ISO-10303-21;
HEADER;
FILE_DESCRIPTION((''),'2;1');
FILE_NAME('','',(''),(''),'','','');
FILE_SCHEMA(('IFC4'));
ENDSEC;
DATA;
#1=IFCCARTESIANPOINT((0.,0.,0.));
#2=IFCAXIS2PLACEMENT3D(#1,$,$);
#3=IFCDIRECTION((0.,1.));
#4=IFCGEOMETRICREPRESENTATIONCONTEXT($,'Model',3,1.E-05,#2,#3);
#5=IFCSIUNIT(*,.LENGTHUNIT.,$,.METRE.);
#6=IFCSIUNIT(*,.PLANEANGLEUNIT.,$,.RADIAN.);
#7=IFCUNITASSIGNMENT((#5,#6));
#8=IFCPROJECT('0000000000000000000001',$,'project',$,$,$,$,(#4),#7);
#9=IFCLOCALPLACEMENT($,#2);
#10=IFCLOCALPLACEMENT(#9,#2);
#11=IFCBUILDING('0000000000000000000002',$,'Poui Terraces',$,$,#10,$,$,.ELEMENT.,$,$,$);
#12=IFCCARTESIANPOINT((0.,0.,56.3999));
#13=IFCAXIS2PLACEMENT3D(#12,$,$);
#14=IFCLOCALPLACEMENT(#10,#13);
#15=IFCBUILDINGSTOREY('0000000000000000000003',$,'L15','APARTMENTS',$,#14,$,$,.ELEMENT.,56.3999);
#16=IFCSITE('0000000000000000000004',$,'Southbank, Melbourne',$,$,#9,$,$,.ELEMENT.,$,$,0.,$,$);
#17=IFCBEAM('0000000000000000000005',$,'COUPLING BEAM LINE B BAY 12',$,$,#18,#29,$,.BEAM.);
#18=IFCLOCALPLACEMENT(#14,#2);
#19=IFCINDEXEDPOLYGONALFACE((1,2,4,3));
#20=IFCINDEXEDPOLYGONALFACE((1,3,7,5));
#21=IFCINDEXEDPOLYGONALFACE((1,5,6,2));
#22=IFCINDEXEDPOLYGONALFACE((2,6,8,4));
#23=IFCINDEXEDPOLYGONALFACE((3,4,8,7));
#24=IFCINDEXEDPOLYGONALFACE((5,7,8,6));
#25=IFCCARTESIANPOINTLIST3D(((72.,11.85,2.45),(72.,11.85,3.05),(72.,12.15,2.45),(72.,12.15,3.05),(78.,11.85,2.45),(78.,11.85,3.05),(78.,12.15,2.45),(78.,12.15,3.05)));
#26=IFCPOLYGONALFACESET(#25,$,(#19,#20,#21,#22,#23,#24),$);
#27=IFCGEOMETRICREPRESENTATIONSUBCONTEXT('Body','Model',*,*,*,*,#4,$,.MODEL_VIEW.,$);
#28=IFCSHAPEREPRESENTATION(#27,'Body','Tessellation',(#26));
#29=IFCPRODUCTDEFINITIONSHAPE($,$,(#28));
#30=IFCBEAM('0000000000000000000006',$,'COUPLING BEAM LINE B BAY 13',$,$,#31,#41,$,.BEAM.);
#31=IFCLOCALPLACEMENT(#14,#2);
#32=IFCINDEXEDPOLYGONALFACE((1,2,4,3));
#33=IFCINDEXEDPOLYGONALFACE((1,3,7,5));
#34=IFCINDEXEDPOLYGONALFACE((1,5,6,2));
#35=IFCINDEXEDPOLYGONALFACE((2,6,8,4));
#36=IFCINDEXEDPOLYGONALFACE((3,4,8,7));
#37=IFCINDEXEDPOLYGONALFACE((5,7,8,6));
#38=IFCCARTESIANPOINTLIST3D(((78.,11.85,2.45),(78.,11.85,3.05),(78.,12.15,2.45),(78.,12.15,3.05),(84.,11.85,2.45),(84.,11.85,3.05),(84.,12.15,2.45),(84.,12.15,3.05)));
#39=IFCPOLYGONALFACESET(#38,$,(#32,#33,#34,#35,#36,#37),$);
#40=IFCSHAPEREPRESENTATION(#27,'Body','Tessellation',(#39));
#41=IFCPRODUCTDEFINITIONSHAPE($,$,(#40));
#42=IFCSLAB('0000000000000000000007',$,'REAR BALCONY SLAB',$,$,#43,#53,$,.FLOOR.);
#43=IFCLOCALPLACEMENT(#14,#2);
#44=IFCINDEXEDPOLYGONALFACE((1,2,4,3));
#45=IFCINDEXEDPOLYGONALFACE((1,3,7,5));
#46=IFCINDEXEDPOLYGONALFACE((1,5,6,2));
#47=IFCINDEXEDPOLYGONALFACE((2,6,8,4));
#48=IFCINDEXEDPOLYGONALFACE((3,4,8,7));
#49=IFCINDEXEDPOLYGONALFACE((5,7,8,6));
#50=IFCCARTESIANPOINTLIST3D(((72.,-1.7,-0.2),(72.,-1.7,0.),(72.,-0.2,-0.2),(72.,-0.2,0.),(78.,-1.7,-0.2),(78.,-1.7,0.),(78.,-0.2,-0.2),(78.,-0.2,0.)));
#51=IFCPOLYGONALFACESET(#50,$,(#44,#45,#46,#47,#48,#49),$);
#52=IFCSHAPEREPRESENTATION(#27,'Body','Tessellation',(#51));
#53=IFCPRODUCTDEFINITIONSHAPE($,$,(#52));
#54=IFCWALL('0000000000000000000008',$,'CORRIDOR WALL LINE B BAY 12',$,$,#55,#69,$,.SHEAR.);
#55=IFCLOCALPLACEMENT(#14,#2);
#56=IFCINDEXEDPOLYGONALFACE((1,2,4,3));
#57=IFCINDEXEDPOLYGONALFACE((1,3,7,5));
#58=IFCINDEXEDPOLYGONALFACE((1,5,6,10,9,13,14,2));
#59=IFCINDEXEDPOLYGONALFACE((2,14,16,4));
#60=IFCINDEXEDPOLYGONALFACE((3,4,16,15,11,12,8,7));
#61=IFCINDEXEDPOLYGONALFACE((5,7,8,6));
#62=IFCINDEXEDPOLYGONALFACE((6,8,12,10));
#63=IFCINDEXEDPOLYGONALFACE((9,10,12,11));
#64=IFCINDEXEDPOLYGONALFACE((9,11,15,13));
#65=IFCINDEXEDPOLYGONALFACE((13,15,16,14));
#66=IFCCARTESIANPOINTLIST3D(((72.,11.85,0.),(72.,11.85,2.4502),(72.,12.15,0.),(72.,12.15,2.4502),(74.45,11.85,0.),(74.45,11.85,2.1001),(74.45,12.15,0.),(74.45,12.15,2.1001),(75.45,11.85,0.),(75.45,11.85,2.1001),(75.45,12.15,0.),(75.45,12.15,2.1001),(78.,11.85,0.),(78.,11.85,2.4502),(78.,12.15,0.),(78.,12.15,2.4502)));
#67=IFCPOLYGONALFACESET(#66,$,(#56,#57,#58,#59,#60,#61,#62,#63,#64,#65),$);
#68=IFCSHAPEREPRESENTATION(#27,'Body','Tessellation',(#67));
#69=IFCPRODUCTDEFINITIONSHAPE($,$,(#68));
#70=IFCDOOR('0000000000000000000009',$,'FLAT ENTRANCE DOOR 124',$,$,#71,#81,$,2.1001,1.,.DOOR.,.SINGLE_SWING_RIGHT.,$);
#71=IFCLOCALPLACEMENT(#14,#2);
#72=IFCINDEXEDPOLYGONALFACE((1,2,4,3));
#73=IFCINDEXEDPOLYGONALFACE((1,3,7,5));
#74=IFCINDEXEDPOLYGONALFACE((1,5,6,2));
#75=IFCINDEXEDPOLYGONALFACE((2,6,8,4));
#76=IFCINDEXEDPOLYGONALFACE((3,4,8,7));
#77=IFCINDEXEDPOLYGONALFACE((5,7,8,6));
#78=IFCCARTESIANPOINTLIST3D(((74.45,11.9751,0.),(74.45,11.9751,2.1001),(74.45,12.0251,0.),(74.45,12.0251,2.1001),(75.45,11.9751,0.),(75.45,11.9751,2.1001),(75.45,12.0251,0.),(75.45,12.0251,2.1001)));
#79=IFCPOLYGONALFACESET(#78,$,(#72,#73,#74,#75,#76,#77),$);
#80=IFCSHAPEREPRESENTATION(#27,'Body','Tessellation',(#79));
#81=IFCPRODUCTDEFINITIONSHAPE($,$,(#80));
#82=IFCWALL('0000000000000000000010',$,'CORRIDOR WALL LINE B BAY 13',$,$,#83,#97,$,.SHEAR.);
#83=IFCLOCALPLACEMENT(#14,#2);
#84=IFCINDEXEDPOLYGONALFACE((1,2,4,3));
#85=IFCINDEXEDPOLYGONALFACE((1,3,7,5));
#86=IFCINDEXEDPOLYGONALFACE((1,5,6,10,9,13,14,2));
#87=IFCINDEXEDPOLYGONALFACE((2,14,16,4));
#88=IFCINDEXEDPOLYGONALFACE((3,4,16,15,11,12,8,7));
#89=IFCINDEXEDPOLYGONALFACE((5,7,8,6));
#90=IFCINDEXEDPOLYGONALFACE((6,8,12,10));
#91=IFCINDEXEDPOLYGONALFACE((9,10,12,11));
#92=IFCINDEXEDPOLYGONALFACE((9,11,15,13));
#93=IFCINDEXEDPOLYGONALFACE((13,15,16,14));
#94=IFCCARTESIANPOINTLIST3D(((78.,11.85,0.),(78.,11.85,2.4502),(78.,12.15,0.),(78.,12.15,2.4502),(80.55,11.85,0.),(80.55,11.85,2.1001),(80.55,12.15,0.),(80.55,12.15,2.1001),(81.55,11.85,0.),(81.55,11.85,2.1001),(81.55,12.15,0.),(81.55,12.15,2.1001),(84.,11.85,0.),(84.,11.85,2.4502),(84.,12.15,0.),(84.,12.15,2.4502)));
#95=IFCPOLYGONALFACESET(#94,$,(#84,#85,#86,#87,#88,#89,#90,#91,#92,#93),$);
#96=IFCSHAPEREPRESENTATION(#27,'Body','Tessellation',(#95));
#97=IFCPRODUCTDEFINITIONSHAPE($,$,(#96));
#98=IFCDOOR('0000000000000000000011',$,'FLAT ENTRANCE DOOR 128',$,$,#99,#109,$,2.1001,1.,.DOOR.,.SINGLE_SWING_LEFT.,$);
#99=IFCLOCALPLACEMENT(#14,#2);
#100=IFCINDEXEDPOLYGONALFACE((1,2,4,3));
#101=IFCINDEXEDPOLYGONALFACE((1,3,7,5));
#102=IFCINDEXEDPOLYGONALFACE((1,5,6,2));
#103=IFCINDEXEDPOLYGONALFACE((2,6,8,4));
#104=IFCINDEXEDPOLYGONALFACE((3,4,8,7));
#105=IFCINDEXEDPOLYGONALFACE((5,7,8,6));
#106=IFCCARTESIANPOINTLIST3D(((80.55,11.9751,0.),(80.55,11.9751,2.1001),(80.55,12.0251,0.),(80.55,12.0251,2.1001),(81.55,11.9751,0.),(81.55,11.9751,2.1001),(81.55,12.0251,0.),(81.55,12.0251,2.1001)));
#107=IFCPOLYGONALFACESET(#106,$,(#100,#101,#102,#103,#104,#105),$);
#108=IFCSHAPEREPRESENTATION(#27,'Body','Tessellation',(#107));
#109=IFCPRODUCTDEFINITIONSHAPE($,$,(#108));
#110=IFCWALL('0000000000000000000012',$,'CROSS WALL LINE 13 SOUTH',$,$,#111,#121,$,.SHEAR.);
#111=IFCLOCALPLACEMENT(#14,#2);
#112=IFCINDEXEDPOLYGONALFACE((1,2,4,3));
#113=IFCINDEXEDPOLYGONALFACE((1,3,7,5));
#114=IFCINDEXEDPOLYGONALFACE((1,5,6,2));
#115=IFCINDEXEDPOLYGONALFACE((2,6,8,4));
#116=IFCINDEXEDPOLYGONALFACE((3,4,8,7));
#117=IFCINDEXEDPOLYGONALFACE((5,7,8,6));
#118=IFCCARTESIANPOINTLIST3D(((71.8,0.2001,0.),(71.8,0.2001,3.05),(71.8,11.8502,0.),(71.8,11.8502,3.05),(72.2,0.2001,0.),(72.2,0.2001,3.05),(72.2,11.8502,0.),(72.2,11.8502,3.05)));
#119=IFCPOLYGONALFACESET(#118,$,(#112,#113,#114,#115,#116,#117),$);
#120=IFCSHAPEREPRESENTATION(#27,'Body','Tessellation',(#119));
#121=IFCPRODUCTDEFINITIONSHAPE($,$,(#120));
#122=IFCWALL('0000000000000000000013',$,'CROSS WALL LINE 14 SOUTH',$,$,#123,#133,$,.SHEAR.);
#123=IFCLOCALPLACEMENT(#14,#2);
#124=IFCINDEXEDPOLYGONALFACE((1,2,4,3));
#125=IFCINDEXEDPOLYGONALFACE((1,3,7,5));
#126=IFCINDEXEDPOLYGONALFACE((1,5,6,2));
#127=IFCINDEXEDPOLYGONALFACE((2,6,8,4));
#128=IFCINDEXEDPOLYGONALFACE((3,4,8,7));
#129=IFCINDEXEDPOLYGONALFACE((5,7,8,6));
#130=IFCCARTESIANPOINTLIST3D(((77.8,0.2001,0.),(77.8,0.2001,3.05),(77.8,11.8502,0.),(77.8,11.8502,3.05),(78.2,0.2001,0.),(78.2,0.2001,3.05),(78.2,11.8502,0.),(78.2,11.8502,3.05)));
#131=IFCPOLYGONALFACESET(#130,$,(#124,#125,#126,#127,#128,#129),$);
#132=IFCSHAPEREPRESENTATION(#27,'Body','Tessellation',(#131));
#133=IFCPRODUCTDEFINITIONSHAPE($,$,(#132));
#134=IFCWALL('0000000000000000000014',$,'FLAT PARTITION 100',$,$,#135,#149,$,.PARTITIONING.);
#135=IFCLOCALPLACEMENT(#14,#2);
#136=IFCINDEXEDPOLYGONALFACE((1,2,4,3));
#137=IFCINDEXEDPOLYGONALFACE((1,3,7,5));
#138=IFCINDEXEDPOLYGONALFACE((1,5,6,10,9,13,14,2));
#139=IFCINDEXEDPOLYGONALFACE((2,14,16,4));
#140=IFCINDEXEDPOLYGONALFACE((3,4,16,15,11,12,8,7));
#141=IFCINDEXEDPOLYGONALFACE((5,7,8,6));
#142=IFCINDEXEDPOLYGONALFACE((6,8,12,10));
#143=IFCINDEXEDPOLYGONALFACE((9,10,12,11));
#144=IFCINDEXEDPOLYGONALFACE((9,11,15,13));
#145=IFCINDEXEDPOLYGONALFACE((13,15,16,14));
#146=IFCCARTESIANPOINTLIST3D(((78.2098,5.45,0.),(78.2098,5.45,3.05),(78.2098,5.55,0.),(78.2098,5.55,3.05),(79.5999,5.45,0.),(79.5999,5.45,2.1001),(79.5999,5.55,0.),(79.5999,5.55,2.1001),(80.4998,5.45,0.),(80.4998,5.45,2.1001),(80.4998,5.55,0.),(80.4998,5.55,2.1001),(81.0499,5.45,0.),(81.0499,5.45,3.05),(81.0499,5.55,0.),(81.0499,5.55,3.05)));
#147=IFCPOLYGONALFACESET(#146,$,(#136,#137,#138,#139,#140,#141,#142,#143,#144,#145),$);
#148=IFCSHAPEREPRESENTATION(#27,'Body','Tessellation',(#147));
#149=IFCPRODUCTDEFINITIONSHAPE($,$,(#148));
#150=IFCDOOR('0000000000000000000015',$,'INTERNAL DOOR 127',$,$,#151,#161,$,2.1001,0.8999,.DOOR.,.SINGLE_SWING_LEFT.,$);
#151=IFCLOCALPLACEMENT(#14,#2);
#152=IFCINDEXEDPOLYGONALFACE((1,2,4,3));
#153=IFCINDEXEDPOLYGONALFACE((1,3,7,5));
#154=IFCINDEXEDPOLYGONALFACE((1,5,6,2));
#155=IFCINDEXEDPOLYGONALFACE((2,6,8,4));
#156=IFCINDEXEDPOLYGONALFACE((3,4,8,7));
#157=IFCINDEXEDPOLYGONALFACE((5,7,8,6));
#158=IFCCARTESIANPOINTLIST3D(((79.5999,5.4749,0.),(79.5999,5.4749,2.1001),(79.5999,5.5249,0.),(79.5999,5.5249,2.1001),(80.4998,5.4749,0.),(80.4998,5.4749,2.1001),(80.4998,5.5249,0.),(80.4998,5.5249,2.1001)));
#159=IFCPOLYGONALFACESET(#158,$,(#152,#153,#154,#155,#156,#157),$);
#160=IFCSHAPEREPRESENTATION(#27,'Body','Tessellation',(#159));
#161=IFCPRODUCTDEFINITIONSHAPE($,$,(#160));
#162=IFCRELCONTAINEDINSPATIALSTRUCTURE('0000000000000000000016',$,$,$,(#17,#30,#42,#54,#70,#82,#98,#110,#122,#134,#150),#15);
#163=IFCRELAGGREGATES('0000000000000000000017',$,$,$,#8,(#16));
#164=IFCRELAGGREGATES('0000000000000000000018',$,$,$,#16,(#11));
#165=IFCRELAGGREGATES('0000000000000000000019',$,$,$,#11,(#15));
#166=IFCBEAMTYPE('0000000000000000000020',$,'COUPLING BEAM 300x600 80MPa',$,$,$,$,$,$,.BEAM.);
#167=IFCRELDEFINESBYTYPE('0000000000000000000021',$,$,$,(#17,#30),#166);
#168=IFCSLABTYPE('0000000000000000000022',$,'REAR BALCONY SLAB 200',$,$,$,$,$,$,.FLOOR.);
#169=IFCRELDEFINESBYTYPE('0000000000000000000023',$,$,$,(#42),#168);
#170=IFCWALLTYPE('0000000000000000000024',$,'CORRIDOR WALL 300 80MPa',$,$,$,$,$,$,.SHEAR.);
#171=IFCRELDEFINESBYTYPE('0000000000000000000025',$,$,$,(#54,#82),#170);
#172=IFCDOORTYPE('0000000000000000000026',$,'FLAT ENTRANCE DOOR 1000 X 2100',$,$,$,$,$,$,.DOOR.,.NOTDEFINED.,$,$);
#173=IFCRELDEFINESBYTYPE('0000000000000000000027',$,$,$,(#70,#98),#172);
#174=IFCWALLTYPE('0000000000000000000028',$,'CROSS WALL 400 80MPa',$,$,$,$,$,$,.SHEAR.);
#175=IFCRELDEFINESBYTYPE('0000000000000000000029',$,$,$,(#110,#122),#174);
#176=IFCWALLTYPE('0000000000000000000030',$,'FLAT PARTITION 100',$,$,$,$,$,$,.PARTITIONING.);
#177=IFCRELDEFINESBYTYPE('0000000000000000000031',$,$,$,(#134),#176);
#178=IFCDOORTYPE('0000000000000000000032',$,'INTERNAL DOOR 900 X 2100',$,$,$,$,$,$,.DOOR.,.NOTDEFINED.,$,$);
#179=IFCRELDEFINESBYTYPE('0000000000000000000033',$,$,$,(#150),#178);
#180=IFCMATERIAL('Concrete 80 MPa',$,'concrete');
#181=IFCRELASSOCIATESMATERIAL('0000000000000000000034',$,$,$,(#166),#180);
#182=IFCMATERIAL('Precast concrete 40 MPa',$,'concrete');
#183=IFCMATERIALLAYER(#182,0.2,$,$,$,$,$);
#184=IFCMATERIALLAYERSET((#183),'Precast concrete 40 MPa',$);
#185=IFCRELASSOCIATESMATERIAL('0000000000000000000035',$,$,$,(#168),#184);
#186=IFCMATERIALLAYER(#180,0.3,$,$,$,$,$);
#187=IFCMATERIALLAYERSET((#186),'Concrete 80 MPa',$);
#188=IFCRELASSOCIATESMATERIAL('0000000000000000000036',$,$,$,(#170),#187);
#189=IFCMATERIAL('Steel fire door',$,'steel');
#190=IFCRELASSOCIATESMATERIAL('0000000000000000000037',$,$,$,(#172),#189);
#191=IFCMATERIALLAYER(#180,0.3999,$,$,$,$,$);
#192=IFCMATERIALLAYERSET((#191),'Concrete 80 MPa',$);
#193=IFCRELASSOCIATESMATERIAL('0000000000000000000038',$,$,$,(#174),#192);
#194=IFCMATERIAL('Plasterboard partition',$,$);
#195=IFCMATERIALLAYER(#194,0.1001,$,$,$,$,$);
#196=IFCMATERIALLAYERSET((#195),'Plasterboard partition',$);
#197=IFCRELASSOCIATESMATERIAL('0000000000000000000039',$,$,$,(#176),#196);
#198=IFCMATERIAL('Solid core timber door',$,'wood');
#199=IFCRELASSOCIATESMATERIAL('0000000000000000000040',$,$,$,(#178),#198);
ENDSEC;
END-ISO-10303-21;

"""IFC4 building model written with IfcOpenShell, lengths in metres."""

from ifc_helpers import new_model, si_unit, direction, frame, frame_2d, origin, origin_2d, place, context, subcontext, project, spatial, polyline, rectangle, outline, extrude, source, transform, mapped, material, layer, layer_set, material_profile, profile_set, type_object, element, fill, save


model = new_model("IFC4")

# Units and contexts
model_context = context("Model", 3, precision=1e-05, world=origin(), true_north=direction((0.0, 1.0)))
body_context = subcontext(model_context, "Body", "Model", "MODEL_VIEW")
ifc_project = project(units=[si_unit("LENGTHUNIT", "METRE"), si_unit("PLANEANGLEUNIT", "RADIAN")], contexts=[model_context])

# Site, building, storey
site_placement = place(None, origin())
site = spatial("IfcSite", under=ifc_project, at=site_placement, Name="Southbank, Melbourne", CompositionType="ELEMENT", RefElevation=0.0)
building_placement = place(site_placement, origin())
building = spatial("IfcBuilding", under=site, at=building_placement, Name="Poui Terraces", CompositionType="ELEMENT")
storey_placement = place(building_placement, frame((0.0, 0.0, 56.3999)))
storey = spatial("IfcBuildingStorey", under=building, at=storey_placement, Name="L15", Description="APARTMENTS", CompositionType="ELEMENT", Elevation=56.3999)

# Beams
ifc_material_1 = material(Name="Concrete 80 MPa", Category="concrete")
ifc_material_profile_1 = material_profile(ifc_material_1, rectangle(XDim=0.3, YDim=0.6001, at=origin_2d()), Name="RC 300x600")
ifc_profile_set_1 = profile_set([ifc_material_profile_1], Name="Concrete 80 MPa")
beam_type = type_object("IfcBeamType", Name="COUPLING BEAM 300x600 80MPa", PredefinedType="BEAM", material=ifc_profile_set_1)
shared_shape_1 = source(origin(), body_context, "Body", "SweptSolid", [
    extrude(rectangle(XDim=0.3, YDim=0.6001, at=origin_2d()), origin(), (0.0, 0.0, 1.0), 6.0),
])
for number, where, z_axis, x_axis, name in (
    (1, (72.0, 12.0, 2.75), (1.0, 0.0, 0.0), (0.0, 1.0, 0.0), "COUPLING BEAM LINE B BAY 12"),
    (2, (78.0, 12.0, 2.75), (1.0, 0.0, 0.0), (0.0, 1.0, 0.0), "COUPLING BEAM LINE B BAY 13"),
):
    element("IfcBeam", number, at=place(storey_placement, frame(where, z_axis=z_axis, x_axis=x_axis)), inside=storey, type_object=beam_type, Name=name, PredefinedType="BEAM", context=body_context, shape_type="MappedRepresentation", body=[
        mapped(shared_shape_1, transform((0.0, 0.0, 0.0))),
    ])

# Slab
ifc_material_2 = material(Name="Precast concrete 40 MPa", Category="concrete")
ifc_layer_1 = layer(ifc_material_2, 0.2)
ifc_layer_set_1 = layer_set([ifc_layer_1], Name="Precast concrete 40 MPa")
slab_type = type_object("IfcSlabType", Name="REAR BALCONY SLAB 200", PredefinedType="FLOOR", material=ifc_layer_set_1)
shared_shape_2 = source(origin(), body_context, "Body", "SweptSolid", [
    extrude(outline(polyline([(0.0, 0.0), (6.0, 0.0), (6.0, 1.5), (0.0, 1.5), (0.0, 0.0)])), origin(), (0.0, 0.0, 1.0), 0.2),
])
slab_placement = place(storey_placement, frame((72.0, -1.7, -0.2)))
element("IfcSlab", 3, at=slab_placement, inside=storey, type_object=slab_type, Name="REAR BALCONY SLAB", PredefinedType="FLOOR", context=body_context, shape_type="MappedRepresentation", body=[
    mapped(shared_shape_2, transform((0.0, 0.0, 0.0))),
])

# Walls, openings, doors
ifc_layer_2 = layer(ifc_material_1, 0.3)
ifc_layer_set_2 = layer_set([ifc_layer_2], Name="Concrete 80 MPa")
wall_type_1 = type_object("IfcWallType", Name="CORRIDOR WALL 300 80MPa", PredefinedType="SHEAR", material=ifc_layer_set_2)
wall_1_placement = place(storey_placement, frame((72.0, 12.0, 0.0), z_axis=(0.0, 0.0, 1.0), x_axis=(1.0, 0.0, 0.0)))
wall_1 = element("IfcWall", 4, at=wall_1_placement, inside=storey, type_object=wall_type_1, Name="CORRIDOR WALL LINE B BAY 12", PredefinedType="SHEAR", context=body_context, shape_type="SweptSolid", body=[
    extrude(rectangle(XDim=6.0, YDim=0.3, at=frame_2d((3.0, 0.0))), origin(), (0.0, 0.0, 1.0), 2.4502),
])
opening_1_placement = place(wall_1_placement, frame((2.45, 0.0, 0.0)))
opening_1 = element("IfcOpeningElement", 5, at=opening_1_placement, cuts=wall_1, PredefinedType="OPENING", context=body_context, shape_type="SweptSolid", body=[
    extrude(rectangle(XDim=1.0, YDim=2.1001, at=frame_2d((0.5, 1.05))), frame((0.0, 0.1602, 0.0), z_axis=(0.0, -1.0, 0.0), x_axis=(1.0, 0.0, 0.0)), (0.0, 0.0, 1.0), 0.3201),
])
ifc_material_3 = material(Name="Steel fire door", Category="steel")
door_type_1 = type_object("IfcDoorType", Name="FLAT ENTRANCE DOOR 1000 X 2100", OperationType="NOTDEFINED", PredefinedType="DOOR", material=ifc_material_3)
door_1_placement = place(opening_1_placement, frame((1.0, 0.0, 0.0), z_axis=(0.0, 0.0, 1.0), x_axis=(-1.0, 0.0, 0.0)))
door_1 = element("IfcDoor", 6, at=door_1_placement, inside=storey, type_object=door_type_1, Name="FLAT ENTRANCE DOOR 124", OperationType="SINGLE_SWING_RIGHT", OverallHeight=2.1001, OverallWidth=1.0, PredefinedType="DOOR", context=body_context, shape_type="SweptSolid", body=[
    extrude(rectangle(XDim=1.0, YDim=2.1001, at=frame_2d((0.5, 1.05))), frame((0.0, 0.0249, 0.0), z_axis=(0.0, -1.0, 0.0), x_axis=(1.0, 0.0, 0.0)), (0.0, 0.0, 1.0), 0.05),
])
fill(opening_1, door_1)
wall_2_placement = place(storey_placement, frame((78.0, 12.0, 0.0), z_axis=(0.0, 0.0, 1.0), x_axis=(1.0, 0.0, 0.0)))
wall_2 = element("IfcWall", 7, at=wall_2_placement, inside=storey, type_object=wall_type_1, Name="CORRIDOR WALL LINE B BAY 13", PredefinedType="SHEAR", context=body_context, shape_type="SweptSolid", body=[
    extrude(rectangle(XDim=6.0, YDim=0.3, at=frame_2d((3.0, 0.0))), origin(), (0.0, 0.0, 1.0), 2.4502),
])
opening_2_placement = place(wall_2_placement, frame((2.55, 0.0, 0.0)))
opening_2 = element("IfcOpeningElement", 8, at=opening_2_placement, cuts=wall_2, PredefinedType="OPENING", context=body_context, shape_type="SweptSolid", body=[
    extrude(rectangle(XDim=1.0, YDim=2.1001, at=frame_2d((0.5, 1.05))), frame((0.0, 0.1602, 0.0), z_axis=(0.0, -1.0, 0.0), x_axis=(1.0, 0.0, 0.0)), (0.0, 0.0, 1.0), 0.3201),
])
door_2_placement = place(opening_2_placement, frame((1.0, 0.0, 0.0), z_axis=(0.0, 0.0, 1.0), x_axis=(-1.0, 0.0, 0.0)))
door_2 = element("IfcDoor", 9, at=door_2_placement, inside=storey, type_object=door_type_1, Name="FLAT ENTRANCE DOOR 128", OperationType="SINGLE_SWING_LEFT", OverallHeight=2.1001, OverallWidth=1.0, PredefinedType="DOOR", context=body_context, shape_type="SweptSolid", body=[
    extrude(rectangle(XDim=1.0, YDim=2.1001, at=frame_2d((0.5, 1.05))), frame((0.0, 0.0249, 0.0), z_axis=(0.0, -1.0, 0.0), x_axis=(1.0, 0.0, 0.0)), (0.0, 0.0, 1.0), 0.05),
])
fill(opening_2, door_2)

# Walls
ifc_layer_3 = layer(ifc_material_1, 0.3999)
ifc_layer_set_3 = layer_set([ifc_layer_3], Name="Concrete 80 MPa")
wall_type_2 = type_object("IfcWallType", Name="CROSS WALL 400 80MPa", PredefinedType="SHEAR", material=ifc_layer_set_3)
for number, where, z_axis, x_axis, name in (
    (10, (72.0, 0.2, 0.0), (0.0, 0.0, 1.0), (0.0, 1.0, 0.0), "CROSS WALL LINE 13 SOUTH"),
    (11, (78.0, 0.2, 0.0), (0.0, 0.0, 1.0), (0.0, 1.0, 0.0), "CROSS WALL LINE 14 SOUTH"),
):
    element("IfcWall", number, at=place(storey_placement, frame(where, z_axis=z_axis, x_axis=x_axis)), inside=storey, type_object=wall_type_2, Name=name, PredefinedType="SHEAR", context=body_context, shape_type="SweptSolid", body=[
        extrude(rectangle(XDim=11.6501, YDim=0.3999, at=frame_2d((5.8252, 0.0))), origin(), (0.0, 0.0, 1.0), 3.05),
    ])

# Wall, opening, door
ifc_material_4 = material(Name="Plasterboard partition")
ifc_layer_4 = layer(ifc_material_4, 0.1001)
ifc_layer_set_4 = layer_set([ifc_layer_4], Name="Plasterboard partition")
wall_type_3 = type_object("IfcWallType", Name="FLAT PARTITION 100", PredefinedType="PARTITIONING", material=ifc_layer_set_4)
wall_3_placement = place(storey_placement, frame((78.21, 5.5, 0.0), z_axis=(0.0, 0.0, 1.0), x_axis=(1.0, 0.0, 0.0)))
wall_3 = element("IfcWall", 12, at=wall_3_placement, inside=storey, type_object=wall_type_3, Name="FLAT PARTITION 100", PredefinedType="PARTITIONING", context=body_context, shape_type="SweptSolid", body=[
    extrude(rectangle(XDim=2.8401, YDim=0.1001, at=frame_2d((1.4199, 0.0))), origin(), (0.0, 0.0, 1.0), 3.05),
])
opening_3_placement = place(wall_3_placement, frame((1.3899, 0.0, 0.0)))
opening_3 = element("IfcOpeningElement", 13, at=opening_3_placement, cuts=wall_3, PredefinedType="OPENING", context=body_context, shape_type="SweptSolid", body=[
    extrude(rectangle(XDim=0.8999, YDim=2.1001, at=frame_2d((0.45, 1.05))), frame((0.0, 0.0601, 0.0), z_axis=(0.0, -1.0, 0.0), x_axis=(1.0, 0.0, 0.0)), (0.0, 0.0, 1.0), 0.1201),
])
ifc_material_5 = material(Name="Solid core timber door", Category="wood")
door_type_2 = type_object("IfcDoorType", Name="INTERNAL DOOR 900 X 2100", OperationType="NOTDEFINED", PredefinedType="DOOR", material=ifc_material_5)
door_3_placement = place(opening_3_placement, origin())
door_3 = element("IfcDoor", 14, at=door_3_placement, inside=storey, type_object=door_type_2, Name="INTERNAL DOOR 127", OperationType="SINGLE_SWING_LEFT", OverallHeight=2.1001, OverallWidth=0.8999, PredefinedType="DOOR", context=body_context, shape_type="SweptSolid", body=[
    extrude(rectangle(XDim=0.8999, YDim=2.1001, at=frame_2d((0.45, 1.05))), frame((0.0, 0.0249, 0.0), z_axis=(0.0, -1.0, 0.0), x_axis=(1.0, 0.0, 0.0)), (0.0, 0.0, 1.0), 0.05),
])
fill(opening_3, door_3)

save(model, "model.ifc")
